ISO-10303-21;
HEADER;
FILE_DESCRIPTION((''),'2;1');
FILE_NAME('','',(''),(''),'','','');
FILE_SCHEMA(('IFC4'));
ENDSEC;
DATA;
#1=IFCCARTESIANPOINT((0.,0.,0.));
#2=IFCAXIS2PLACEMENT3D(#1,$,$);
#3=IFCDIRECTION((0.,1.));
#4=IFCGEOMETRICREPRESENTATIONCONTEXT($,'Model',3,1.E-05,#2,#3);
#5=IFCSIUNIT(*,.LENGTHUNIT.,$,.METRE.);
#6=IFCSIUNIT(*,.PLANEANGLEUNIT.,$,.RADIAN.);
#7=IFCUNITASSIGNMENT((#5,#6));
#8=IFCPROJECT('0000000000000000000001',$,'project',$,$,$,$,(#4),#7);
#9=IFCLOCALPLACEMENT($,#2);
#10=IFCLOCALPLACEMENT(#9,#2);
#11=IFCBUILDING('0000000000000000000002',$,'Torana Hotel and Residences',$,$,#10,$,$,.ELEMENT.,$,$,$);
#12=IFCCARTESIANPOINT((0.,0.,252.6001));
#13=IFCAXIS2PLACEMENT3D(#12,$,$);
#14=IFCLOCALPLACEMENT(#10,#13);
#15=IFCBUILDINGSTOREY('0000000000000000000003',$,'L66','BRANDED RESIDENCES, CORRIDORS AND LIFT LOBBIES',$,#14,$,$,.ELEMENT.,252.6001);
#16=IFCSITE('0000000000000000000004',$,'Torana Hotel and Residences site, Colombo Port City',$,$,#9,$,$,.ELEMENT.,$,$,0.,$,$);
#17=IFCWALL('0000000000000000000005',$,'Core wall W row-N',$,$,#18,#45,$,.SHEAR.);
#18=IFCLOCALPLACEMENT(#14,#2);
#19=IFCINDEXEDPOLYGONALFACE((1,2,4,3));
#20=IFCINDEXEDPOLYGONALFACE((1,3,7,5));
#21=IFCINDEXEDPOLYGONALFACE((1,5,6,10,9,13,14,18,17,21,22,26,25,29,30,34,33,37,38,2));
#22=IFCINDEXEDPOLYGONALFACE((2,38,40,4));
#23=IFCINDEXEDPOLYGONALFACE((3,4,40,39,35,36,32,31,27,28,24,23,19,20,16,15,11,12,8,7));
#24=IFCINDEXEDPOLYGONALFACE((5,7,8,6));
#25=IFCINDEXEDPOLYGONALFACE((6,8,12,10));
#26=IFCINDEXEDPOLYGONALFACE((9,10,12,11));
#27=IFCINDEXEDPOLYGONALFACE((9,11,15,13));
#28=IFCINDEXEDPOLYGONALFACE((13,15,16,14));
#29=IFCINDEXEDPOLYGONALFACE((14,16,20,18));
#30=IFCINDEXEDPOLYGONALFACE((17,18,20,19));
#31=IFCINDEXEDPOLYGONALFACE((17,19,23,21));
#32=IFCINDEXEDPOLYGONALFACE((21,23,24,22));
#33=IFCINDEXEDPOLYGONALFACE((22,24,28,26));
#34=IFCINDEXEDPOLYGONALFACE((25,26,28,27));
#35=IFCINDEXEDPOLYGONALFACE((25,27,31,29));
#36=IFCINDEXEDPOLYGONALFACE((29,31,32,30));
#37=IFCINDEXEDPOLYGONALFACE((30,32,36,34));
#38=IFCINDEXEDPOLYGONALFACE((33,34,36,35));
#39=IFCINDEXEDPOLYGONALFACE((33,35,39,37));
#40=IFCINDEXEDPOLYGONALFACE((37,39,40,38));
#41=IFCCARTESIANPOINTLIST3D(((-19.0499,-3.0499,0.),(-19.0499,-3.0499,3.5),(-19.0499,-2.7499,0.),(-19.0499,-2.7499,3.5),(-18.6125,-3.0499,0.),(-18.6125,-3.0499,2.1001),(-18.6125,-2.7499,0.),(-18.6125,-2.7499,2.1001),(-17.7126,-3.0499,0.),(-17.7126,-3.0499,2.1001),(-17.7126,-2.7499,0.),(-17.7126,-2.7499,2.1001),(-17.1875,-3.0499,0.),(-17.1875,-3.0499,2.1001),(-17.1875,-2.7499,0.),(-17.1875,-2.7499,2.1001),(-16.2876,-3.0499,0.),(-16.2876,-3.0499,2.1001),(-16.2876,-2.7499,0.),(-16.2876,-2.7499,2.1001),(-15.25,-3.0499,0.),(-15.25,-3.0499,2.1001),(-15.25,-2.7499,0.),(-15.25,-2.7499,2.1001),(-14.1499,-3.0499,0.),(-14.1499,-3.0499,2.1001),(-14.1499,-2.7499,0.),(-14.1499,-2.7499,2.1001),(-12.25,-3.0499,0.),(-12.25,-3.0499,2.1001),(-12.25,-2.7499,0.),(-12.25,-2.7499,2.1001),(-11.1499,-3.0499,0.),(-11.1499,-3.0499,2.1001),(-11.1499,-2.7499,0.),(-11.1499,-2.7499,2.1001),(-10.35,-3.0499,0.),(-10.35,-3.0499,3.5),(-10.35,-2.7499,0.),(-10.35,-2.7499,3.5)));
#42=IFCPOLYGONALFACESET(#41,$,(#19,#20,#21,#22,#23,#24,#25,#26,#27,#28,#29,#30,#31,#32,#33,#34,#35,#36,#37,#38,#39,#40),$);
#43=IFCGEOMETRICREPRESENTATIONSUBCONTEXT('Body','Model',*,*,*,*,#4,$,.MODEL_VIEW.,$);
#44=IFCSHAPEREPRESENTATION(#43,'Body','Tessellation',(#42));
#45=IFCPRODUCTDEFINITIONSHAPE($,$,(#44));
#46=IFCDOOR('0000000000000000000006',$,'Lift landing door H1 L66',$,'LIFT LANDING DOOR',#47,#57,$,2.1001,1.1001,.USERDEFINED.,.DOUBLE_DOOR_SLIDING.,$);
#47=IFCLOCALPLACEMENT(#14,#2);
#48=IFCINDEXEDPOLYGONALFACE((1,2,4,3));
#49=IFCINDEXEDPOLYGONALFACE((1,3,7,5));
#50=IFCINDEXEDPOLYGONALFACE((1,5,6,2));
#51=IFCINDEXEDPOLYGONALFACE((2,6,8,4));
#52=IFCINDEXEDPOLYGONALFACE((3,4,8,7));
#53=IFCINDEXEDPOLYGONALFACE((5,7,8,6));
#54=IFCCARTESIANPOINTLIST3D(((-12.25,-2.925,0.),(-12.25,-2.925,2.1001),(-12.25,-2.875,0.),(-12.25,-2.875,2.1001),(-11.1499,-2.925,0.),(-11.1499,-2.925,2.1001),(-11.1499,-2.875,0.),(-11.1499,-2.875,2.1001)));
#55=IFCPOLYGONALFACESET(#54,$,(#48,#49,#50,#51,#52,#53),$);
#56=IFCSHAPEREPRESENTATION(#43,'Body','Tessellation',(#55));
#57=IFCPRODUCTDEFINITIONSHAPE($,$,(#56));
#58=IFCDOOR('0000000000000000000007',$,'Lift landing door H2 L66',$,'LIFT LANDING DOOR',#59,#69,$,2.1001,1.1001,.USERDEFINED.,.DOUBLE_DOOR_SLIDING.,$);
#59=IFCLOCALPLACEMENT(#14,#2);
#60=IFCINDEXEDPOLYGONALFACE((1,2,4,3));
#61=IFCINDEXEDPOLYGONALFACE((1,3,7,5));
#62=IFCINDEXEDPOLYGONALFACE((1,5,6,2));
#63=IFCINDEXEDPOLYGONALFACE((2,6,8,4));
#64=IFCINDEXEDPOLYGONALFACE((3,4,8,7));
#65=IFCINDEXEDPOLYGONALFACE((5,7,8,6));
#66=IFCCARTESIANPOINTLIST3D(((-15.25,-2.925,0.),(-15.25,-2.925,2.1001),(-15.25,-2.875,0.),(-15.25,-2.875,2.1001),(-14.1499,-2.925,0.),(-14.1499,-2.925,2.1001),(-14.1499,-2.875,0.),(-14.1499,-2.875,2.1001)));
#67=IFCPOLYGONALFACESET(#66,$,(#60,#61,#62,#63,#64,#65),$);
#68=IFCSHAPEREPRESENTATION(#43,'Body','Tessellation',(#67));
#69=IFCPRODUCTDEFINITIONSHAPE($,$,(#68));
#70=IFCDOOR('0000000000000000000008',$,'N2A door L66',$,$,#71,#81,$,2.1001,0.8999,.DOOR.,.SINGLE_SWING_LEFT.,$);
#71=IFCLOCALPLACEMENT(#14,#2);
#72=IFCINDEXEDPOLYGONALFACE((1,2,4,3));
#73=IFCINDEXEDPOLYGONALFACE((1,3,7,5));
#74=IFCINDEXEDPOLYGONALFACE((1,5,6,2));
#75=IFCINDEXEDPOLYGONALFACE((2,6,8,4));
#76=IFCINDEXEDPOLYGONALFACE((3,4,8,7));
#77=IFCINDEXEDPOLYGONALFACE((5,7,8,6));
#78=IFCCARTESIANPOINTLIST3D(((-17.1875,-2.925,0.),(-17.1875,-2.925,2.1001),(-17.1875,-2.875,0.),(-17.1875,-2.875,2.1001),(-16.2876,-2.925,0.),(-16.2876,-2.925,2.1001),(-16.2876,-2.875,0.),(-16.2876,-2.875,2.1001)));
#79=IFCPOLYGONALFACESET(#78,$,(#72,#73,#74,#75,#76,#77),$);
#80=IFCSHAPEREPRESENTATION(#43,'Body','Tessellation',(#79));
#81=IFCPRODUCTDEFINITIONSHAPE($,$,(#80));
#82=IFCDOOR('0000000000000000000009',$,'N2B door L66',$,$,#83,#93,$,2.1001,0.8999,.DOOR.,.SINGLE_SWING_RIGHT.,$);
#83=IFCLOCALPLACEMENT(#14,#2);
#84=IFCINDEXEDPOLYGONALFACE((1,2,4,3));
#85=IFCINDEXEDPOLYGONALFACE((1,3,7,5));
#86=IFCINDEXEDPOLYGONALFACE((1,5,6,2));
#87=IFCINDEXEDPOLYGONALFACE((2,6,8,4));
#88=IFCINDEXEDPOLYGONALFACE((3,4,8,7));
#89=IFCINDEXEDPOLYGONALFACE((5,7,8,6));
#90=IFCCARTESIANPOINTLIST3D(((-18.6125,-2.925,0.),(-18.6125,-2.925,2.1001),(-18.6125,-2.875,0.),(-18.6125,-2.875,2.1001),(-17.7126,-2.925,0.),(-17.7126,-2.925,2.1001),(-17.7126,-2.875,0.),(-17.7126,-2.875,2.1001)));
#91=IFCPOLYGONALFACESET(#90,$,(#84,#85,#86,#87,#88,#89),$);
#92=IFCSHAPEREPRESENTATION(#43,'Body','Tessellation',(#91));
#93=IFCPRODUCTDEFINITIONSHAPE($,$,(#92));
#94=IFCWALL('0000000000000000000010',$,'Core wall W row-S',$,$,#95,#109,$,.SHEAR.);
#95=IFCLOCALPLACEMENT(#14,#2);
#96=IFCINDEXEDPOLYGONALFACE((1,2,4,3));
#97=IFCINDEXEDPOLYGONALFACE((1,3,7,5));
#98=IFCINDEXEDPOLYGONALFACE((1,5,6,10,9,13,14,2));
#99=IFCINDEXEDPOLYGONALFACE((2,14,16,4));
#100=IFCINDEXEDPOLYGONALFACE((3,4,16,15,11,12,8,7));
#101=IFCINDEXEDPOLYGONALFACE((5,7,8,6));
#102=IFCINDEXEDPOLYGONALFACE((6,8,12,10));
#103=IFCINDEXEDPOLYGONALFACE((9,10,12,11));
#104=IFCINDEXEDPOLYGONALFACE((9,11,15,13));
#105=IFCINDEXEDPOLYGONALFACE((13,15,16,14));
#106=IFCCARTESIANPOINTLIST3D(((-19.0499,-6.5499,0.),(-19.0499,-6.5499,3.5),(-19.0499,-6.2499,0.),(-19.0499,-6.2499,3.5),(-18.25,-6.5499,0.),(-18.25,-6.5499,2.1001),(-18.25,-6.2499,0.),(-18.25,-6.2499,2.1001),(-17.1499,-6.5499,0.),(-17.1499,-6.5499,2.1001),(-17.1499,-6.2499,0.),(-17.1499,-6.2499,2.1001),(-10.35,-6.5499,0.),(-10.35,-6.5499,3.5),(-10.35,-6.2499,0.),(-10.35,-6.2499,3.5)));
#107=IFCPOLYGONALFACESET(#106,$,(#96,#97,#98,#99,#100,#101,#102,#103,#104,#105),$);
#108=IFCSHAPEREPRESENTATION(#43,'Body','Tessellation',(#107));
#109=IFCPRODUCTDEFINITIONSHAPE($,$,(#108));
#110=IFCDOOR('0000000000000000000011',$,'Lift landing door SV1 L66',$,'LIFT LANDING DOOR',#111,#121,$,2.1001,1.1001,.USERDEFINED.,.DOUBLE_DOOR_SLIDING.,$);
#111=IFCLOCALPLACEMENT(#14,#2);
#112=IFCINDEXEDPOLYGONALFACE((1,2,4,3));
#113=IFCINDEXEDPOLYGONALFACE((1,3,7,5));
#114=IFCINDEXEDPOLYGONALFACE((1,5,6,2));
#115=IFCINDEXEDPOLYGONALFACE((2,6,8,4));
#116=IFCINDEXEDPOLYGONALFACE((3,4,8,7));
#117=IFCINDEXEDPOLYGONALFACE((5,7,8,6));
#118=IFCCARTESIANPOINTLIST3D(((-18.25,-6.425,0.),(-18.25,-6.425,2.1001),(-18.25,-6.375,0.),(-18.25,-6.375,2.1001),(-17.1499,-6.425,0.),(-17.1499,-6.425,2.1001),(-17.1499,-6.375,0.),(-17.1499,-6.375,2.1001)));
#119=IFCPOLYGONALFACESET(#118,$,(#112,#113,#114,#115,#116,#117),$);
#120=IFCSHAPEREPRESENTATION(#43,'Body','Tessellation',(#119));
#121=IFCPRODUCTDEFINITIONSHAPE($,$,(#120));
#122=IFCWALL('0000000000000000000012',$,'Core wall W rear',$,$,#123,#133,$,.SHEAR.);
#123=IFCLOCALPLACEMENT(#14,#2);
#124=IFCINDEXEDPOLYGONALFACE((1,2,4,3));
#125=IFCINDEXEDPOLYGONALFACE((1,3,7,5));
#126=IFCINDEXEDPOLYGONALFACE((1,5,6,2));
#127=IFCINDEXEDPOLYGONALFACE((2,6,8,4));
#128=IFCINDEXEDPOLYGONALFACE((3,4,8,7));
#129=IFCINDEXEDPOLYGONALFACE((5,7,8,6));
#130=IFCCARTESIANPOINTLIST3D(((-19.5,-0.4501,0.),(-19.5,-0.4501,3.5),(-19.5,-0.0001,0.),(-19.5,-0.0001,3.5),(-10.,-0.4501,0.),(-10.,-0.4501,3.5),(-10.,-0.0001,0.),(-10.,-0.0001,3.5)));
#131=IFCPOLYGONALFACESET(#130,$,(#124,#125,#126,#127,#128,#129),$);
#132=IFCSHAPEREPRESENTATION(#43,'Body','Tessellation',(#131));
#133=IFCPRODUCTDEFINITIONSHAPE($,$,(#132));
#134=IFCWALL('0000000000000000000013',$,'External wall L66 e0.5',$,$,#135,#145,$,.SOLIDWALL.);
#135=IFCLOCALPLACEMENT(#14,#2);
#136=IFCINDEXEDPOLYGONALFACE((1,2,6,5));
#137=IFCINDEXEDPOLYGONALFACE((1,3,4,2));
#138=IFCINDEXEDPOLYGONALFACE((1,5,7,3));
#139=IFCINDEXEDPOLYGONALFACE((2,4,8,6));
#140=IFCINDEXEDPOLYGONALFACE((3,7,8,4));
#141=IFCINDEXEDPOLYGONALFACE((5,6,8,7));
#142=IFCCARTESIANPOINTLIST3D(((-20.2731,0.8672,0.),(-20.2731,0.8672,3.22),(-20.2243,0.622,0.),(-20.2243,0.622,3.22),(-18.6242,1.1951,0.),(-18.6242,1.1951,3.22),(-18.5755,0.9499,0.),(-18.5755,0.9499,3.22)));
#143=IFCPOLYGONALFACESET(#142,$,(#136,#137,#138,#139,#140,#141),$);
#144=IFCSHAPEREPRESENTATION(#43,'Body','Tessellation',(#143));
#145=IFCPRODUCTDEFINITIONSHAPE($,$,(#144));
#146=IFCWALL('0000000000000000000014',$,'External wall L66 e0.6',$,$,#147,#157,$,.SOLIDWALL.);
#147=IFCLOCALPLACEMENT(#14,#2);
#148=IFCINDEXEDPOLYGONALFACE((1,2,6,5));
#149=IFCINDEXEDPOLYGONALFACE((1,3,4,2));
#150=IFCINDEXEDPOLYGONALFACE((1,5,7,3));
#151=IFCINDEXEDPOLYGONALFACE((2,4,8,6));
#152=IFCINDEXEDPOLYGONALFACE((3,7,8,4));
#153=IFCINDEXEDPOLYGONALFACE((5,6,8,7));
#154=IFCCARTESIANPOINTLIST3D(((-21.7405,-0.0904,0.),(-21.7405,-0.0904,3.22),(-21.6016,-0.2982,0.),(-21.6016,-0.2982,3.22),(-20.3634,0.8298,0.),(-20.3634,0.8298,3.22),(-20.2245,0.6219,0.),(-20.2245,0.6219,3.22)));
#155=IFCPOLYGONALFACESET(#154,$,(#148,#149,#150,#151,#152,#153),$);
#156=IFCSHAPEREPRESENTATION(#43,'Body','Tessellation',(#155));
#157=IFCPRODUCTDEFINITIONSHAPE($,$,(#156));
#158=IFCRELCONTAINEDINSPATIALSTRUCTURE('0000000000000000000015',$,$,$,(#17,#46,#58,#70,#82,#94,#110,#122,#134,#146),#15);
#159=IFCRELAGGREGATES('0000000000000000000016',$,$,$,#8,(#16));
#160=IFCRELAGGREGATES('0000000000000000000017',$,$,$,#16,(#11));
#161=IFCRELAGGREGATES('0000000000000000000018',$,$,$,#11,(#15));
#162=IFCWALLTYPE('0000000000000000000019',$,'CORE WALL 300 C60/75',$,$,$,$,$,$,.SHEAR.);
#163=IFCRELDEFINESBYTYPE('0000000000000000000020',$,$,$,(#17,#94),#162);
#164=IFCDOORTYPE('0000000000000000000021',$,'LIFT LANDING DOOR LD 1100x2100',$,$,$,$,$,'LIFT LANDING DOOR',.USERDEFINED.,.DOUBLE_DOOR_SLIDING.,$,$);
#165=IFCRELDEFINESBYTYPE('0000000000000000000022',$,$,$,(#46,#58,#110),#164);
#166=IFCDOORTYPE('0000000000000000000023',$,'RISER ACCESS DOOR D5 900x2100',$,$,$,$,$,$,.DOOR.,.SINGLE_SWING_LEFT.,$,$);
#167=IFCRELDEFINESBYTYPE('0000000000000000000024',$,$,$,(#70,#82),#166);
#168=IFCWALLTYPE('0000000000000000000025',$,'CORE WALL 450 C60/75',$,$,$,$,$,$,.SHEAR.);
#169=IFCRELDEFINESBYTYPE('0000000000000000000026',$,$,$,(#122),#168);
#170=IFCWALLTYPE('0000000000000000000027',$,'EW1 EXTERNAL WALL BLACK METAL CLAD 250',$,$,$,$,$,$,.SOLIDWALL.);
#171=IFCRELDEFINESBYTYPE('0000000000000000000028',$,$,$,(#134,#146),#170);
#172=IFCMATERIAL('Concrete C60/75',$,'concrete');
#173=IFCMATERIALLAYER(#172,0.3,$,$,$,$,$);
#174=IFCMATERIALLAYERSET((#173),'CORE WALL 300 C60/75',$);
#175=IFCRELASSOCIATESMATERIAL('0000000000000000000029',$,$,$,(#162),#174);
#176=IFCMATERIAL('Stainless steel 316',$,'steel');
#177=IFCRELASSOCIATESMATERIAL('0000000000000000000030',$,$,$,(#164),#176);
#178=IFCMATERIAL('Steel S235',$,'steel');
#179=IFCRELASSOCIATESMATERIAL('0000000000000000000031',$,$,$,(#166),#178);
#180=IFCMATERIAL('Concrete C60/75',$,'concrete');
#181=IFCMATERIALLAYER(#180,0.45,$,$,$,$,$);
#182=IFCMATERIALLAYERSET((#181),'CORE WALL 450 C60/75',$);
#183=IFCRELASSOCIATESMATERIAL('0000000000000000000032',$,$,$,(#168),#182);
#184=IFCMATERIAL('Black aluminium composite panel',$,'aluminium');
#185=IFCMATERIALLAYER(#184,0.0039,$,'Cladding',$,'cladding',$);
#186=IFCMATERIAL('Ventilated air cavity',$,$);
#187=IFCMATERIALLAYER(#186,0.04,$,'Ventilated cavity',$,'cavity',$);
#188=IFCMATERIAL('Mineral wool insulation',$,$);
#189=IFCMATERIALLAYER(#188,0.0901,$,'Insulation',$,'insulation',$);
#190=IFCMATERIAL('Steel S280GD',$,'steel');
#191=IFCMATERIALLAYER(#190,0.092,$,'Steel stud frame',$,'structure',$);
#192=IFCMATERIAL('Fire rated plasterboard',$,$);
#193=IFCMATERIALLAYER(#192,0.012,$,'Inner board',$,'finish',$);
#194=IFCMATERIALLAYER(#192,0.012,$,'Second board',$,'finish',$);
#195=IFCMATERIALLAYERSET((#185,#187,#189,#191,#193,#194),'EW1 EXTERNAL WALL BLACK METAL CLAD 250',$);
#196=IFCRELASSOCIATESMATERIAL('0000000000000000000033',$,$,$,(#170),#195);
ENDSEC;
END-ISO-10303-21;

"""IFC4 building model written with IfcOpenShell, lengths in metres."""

from ifc_helpers import new_model, si_unit, direction, frame, frame_2d, origin, place, context, subcontext, project, spatial, rectangle, extrude, material, layer, layer_set, type_object, element, fill, save


model = new_model("IFC4")

# Units and contexts
model_context = context("Model", 3, precision=1e-05, world=origin(), true_north=direction((0.0, 1.0)))
body_context = subcontext(model_context, "Body", "Model", "MODEL_VIEW")
ifc_project = project(units=[si_unit("LENGTHUNIT", "METRE"), si_unit("PLANEANGLEUNIT", "RADIAN")], contexts=[model_context])

# Site, building, storey
site_placement = place(None, origin())
site = spatial("IfcSite", under=ifc_project, at=site_placement, Name="Torana Hotel and Residences site, Colombo Port City", CompositionType="ELEMENT", RefElevation=0.0)
building_placement = place(site_placement, origin())
building = spatial("IfcBuilding", under=site, at=building_placement, Name="Torana Hotel and Residences", CompositionType="ELEMENT")
storey_placement = place(building_placement, frame((0.0, 0.0, 252.6001)))
storey = spatial("IfcBuildingStorey", under=building, at=storey_placement, Name="L66", Description="BRANDED RESIDENCES, CORRIDORS AND LIFT LOBBIES", CompositionType="ELEMENT", Elevation=252.6001)

# Wall, openings, doors
ifc_material_1 = material(Name="Concrete C60/75", Category="concrete")
ifc_layer_1 = layer(ifc_material_1, 0.3)
ifc_layer_set_1 = layer_set([ifc_layer_1], Name="CORE WALL 300 C60/75")
wall_type_1 = type_object("IfcWallType", Name="CORE WALL 300 C60/75", PredefinedType="SHEAR", material=ifc_layer_set_1)
wall_1_placement = place(storey_placement, frame((-19.05, -2.8999, 0.0), z_axis=(0.0, 0.0, 1.0), x_axis=(1.0, 0.0, 0.0)))
wall_1 = element("IfcWall", 1, at=wall_1_placement, inside=storey, type_object=wall_type_1, Name="Core wall W row-N", PredefinedType="SHEAR", context=body_context, shape_type="SweptSolid", body=[
    extrude(rectangle(XDim=8.7, YDim=0.3, at=frame_2d((4.3501, 0.0))), origin(), (0.0, 0.0, 1.0), 3.5),
])
opening_1_placement = place(wall_1_placement, frame((6.8, 0.0, 0.0)))
opening_1 = element("IfcOpeningElement", 2, at=opening_1_placement, cuts=wall_1, PredefinedType="OPENING", context=body_context, shape_type="SweptSolid", body=[
    extrude(rectangle(XDim=1.1001, YDim=2.1001, at=frame_2d((0.55, 1.05))), frame((0.0, 0.1599, 0.0), z_axis=(0.0, -1.0, 0.0), x_axis=(1.0, 0.0, 0.0)), (0.0, 0.0, 1.0), 0.3201),
])
opening_2_placement = place(wall_1_placement, frame((3.8, 0.0, 0.0)))
opening_2 = element("IfcOpeningElement", 3, at=opening_2_placement, cuts=wall_1, PredefinedType="OPENING", context=body_context, shape_type="SweptSolid", body=[
    extrude(rectangle(XDim=1.1001, YDim=2.1001, at=frame_2d((0.55, 1.05))), frame((0.0, 0.1599, 0.0), z_axis=(0.0, -1.0, 0.0), x_axis=(1.0, 0.0, 0.0)), (0.0, 0.0, 1.0), 0.3201),
])
opening_3_placement = place(wall_1_placement, frame((1.8625, 0.0, 0.0)))
opening_3 = element("IfcOpeningElement", 4, at=opening_3_placement, cuts=wall_1, PredefinedType="OPENING", context=body_context, shape_type="SweptSolid", body=[
    extrude(rectangle(XDim=0.8999, YDim=2.1001, at=frame_2d((0.45, 1.05))), frame((0.0, 0.1599, 0.0), z_axis=(0.0, -1.0, 0.0), x_axis=(1.0, 0.0, 0.0)), (0.0, 0.0, 1.0), 0.3201),
])
opening_4_placement = place(wall_1_placement, frame((0.4375, 0.0, 0.0)))
opening_4 = element("IfcOpeningElement", 5, at=opening_4_placement, cuts=wall_1, PredefinedType="OPENING", context=body_context, shape_type="SweptSolid", body=[
    extrude(rectangle(XDim=0.8999, YDim=2.1001, at=frame_2d((0.45, 1.05))), frame((0.0, 0.1599, 0.0), z_axis=(0.0, -1.0, 0.0), x_axis=(1.0, 0.0, 0.0)), (0.0, 0.0, 1.0), 0.3201),
])
ifc_material_2 = material(Name="Stainless steel 316", Category="steel")
door_type_1 = type_object("IfcDoorType", Name="LIFT LANDING DOOR LD 1100x2100", ElementType="LIFT LANDING DOOR", OperationType="DOUBLE_DOOR_SLIDING", PredefinedType="USERDEFINED", material=ifc_material_2)
door_1_placement = place(opening_1_placement, origin())
door_1 = element("IfcDoor", 6, at=door_1_placement, inside=storey, type_object=door_type_1, Name="Lift landing door H1 L66", ObjectType="LIFT LANDING DOOR", OperationType="DOUBLE_DOOR_SLIDING", OverallHeight=2.1001, OverallWidth=1.1001, PredefinedType="USERDEFINED", context=body_context, shape_type="SweptSolid", body=[
    extrude(rectangle(XDim=1.1001, YDim=2.1001, at=frame_2d((0.55, 1.05))), frame((0.0, 0.0249, 0.0), z_axis=(0.0, -1.0, 0.0), x_axis=(1.0, 0.0, 0.0)), (0.0, 0.0, 1.0), 0.05),
])
fill(opening_1, door_1)
door_2_placement = place(opening_2_placement, origin())
door_2 = element("IfcDoor", 7, at=door_2_placement, inside=storey, type_object=door_type_1, Name="Lift landing door H2 L66", ObjectType="LIFT LANDING DOOR", OperationType="DOUBLE_DOOR_SLIDING", OverallHeight=2.1001, OverallWidth=1.1001, PredefinedType="USERDEFINED", context=body_context, shape_type="SweptSolid", body=[
    extrude(rectangle(XDim=1.1001, YDim=2.1001, at=frame_2d((0.55, 1.05))), frame((0.0, 0.0249, 0.0), z_axis=(0.0, -1.0, 0.0), x_axis=(1.0, 0.0, 0.0)), (0.0, 0.0, 1.0), 0.05),
])
fill(opening_2, door_2)
ifc_material_3 = material(Name="Steel S235", Category="steel")
door_type_2 = type_object("IfcDoorType", Name="RISER ACCESS DOOR D5 900x2100", OperationType="SINGLE_SWING_LEFT", PredefinedType="DOOR", material=ifc_material_3)
door_3_placement = place(opening_3_placement, origin())
door_3 = element("IfcDoor", 8, at=door_3_placement, inside=storey, type_object=door_type_2, Name="N2A door L66", OperationType="SINGLE_SWING_LEFT", OverallHeight=2.1001, OverallWidth=0.8999, PredefinedType="DOOR", context=body_context, shape_type="SweptSolid", body=[
    extrude(rectangle(XDim=0.8999, YDim=2.1001, at=frame_2d((0.45, 1.05))), frame((0.0, 0.0249, 0.0), z_axis=(0.0, -1.0, 0.0), x_axis=(1.0, 0.0, 0.0)), (0.0, 0.0, 1.0), 0.05),
])
fill(opening_3, door_3)
door_4_placement = place(opening_4_placement, origin())
door_4 = element("IfcDoor", 9, at=door_4_placement, inside=storey, type_object=door_type_2, Name="N2B door L66", OperationType="SINGLE_SWING_RIGHT", OverallHeight=2.1001, OverallWidth=0.8999, PredefinedType="DOOR", context=body_context, shape_type="SweptSolid", body=[
    extrude(rectangle(XDim=0.8999, YDim=2.1001, at=frame_2d((0.45, 1.05))), frame((0.0, 0.0249, 0.0), z_axis=(0.0, -1.0, 0.0), x_axis=(1.0, 0.0, 0.0)), (0.0, 0.0, 1.0), 0.05),
])
fill(opening_4, door_4)

# Wall, opening, door
wall_2_placement = place(storey_placement, frame((-19.05, -6.3999, 0.0), z_axis=(0.0, 0.0, 1.0), x_axis=(1.0, 0.0, 0.0)))
wall_2 = element("IfcWall", 10, at=wall_2_placement, inside=storey, type_object=wall_type_1, Name="Core wall W row-S", PredefinedType="SHEAR", context=body_context, shape_type="SweptSolid", body=[
    extrude(rectangle(XDim=8.7, YDim=0.3, at=frame_2d((4.3501, 0.0))), origin(), (0.0, 0.0, 1.0), 3.5),
])
opening_5_placement = place(wall_2_placement, frame((0.8, 0.0, 0.0)))
opening_5 = element("IfcOpeningElement", 11, at=opening_5_placement, cuts=wall_2, PredefinedType="OPENING", context=body_context, shape_type="SweptSolid", body=[
    extrude(rectangle(XDim=1.1001, YDim=2.1001, at=frame_2d((0.55, 1.05))), frame((0.0, 0.1599, 0.0), z_axis=(0.0, -1.0, 0.0), x_axis=(1.0, 0.0, 0.0)), (0.0, 0.0, 1.0), 0.3201),
])
door_5_placement = place(opening_5_placement, origin())
door_5 = element("IfcDoor", 12, at=door_5_placement, inside=storey, type_object=door_type_1, Name="Lift landing door SV1 L66", ObjectType="LIFT LANDING DOOR", OperationType="DOUBLE_DOOR_SLIDING", OverallHeight=2.1001, OverallWidth=1.1001, PredefinedType="USERDEFINED", context=body_context, shape_type="SweptSolid", body=[
    extrude(rectangle(XDim=1.1001, YDim=2.1001, at=frame_2d((0.55, 1.05))), frame((0.0, 0.0249, 0.0), z_axis=(0.0, -1.0, 0.0), x_axis=(1.0, 0.0, 0.0)), (0.0, 0.0, 1.0), 0.05),
])
fill(opening_5, door_5)

# Walls
ifc_material_4 = material(Name="Concrete C60/75", Category="concrete")
ifc_layer_2 = layer(ifc_material_4, 0.45)
ifc_layer_set_2 = layer_set([ifc_layer_2], Name="CORE WALL 450 C60/75")
wall_type_2 = type_object("IfcWallType", Name="CORE WALL 450 C60/75", PredefinedType="SHEAR", material=ifc_layer_set_2)
wall_3_placement = place(storey_placement, frame((-19.5, -0.2251, 0.0), z_axis=(0.0, 0.0, 1.0), x_axis=(1.0, 0.0, 0.0)))
element("IfcWall", 13, at=wall_3_placement, inside=storey, type_object=wall_type_2, Name="Core wall W rear", PredefinedType="SHEAR", context=body_context, shape_type="SweptSolid", body=[
    extrude(rectangle(XDim=9.5, YDim=0.45, at=frame_2d((4.75, 0.0))), origin(), (0.0, 0.0, 1.0), 3.5),
])
ifc_material_5 = material(Name="Black aluminium composite panel", Category="aluminium")
ifc_layer_3 = layer(ifc_material_5, 0.0039, Name="Cladding", Category="cladding")
ifc_material_6 = material(Name="Ventilated air cavity")
ifc_layer_4 = layer(ifc_material_6, 0.04, Name="Ventilated cavity", Category="cavity")
ifc_material_7 = material(Name="Mineral wool insulation")
ifc_layer_5 = layer(ifc_material_7, 0.0901, Name="Insulation", Category="insulation")
ifc_material_8 = material(Name="Steel S280GD", Category="steel")
ifc_layer_6 = layer(ifc_material_8, 0.092, Name="Steel stud frame", Category="structure")
ifc_material_9 = material(Name="Fire rated plasterboard")
ifc_layer_7 = layer(ifc_material_9, 0.012, Name="Inner board", Category="finish")
ifc_layer_8 = layer(ifc_material_9, 0.012, Name="Second board", Category="finish")
ifc_layer_set_3 = layer_set([ifc_layer_3, ifc_layer_4, ifc_layer_5, ifc_layer_6, ifc_layer_7, ifc_layer_8], Name="EW1 EXTERNAL WALL BLACK METAL CLAD 250")
wall_type_3 = type_object("IfcWallType", Name="EW1 EXTERNAL WALL BLACK METAL CLAD 250", PredefinedType="SOLIDWALL", material=ifc_layer_set_3)
wall_4_placement = place(storey_placement, frame((-18.5999, 1.0725, 0.0), z_axis=(0.0, 0.0, 1.0), x_axis=(-0.980798, -0.195027, 0.0)))
element("IfcWall", 14, at=wall_4_placement, inside=storey, type_object=wall_type_3, Name="External wall L66 e0.5", PredefinedType="SOLIDWALL", context=body_context, shape_type="SweptSolid", body=[
    extrude(rectangle(XDim=1.6812, YDim=0.25, at=frame_2d((0.8406, 0.0))), origin(), (0.0, 0.0, 1.0), 3.22),
])
for number, where, z_axis, x_axis, name in (
    (15, (-20.2939, 0.7258, 0.0), (0.0, 0.0, 1.0), (-0.831483, -0.55555, 0.0), "External wall L66 e0.6"),
):
    element("IfcWall", number, at=place(storey_placement, frame(where, z_axis=z_axis, x_axis=x_axis)), inside=storey, type_object=wall_type_3, Name=name, PredefinedType="SOLIDWALL", context=body_context, shape_type="SweptSolid", body=[
        extrude(rectangle(XDim=1.6562, YDim=0.25, at=frame_2d((0.8281, 0.0))), origin(), (0.0, 0.0, 1.0), 3.22),
    ])

save(model, "model.ifc")
